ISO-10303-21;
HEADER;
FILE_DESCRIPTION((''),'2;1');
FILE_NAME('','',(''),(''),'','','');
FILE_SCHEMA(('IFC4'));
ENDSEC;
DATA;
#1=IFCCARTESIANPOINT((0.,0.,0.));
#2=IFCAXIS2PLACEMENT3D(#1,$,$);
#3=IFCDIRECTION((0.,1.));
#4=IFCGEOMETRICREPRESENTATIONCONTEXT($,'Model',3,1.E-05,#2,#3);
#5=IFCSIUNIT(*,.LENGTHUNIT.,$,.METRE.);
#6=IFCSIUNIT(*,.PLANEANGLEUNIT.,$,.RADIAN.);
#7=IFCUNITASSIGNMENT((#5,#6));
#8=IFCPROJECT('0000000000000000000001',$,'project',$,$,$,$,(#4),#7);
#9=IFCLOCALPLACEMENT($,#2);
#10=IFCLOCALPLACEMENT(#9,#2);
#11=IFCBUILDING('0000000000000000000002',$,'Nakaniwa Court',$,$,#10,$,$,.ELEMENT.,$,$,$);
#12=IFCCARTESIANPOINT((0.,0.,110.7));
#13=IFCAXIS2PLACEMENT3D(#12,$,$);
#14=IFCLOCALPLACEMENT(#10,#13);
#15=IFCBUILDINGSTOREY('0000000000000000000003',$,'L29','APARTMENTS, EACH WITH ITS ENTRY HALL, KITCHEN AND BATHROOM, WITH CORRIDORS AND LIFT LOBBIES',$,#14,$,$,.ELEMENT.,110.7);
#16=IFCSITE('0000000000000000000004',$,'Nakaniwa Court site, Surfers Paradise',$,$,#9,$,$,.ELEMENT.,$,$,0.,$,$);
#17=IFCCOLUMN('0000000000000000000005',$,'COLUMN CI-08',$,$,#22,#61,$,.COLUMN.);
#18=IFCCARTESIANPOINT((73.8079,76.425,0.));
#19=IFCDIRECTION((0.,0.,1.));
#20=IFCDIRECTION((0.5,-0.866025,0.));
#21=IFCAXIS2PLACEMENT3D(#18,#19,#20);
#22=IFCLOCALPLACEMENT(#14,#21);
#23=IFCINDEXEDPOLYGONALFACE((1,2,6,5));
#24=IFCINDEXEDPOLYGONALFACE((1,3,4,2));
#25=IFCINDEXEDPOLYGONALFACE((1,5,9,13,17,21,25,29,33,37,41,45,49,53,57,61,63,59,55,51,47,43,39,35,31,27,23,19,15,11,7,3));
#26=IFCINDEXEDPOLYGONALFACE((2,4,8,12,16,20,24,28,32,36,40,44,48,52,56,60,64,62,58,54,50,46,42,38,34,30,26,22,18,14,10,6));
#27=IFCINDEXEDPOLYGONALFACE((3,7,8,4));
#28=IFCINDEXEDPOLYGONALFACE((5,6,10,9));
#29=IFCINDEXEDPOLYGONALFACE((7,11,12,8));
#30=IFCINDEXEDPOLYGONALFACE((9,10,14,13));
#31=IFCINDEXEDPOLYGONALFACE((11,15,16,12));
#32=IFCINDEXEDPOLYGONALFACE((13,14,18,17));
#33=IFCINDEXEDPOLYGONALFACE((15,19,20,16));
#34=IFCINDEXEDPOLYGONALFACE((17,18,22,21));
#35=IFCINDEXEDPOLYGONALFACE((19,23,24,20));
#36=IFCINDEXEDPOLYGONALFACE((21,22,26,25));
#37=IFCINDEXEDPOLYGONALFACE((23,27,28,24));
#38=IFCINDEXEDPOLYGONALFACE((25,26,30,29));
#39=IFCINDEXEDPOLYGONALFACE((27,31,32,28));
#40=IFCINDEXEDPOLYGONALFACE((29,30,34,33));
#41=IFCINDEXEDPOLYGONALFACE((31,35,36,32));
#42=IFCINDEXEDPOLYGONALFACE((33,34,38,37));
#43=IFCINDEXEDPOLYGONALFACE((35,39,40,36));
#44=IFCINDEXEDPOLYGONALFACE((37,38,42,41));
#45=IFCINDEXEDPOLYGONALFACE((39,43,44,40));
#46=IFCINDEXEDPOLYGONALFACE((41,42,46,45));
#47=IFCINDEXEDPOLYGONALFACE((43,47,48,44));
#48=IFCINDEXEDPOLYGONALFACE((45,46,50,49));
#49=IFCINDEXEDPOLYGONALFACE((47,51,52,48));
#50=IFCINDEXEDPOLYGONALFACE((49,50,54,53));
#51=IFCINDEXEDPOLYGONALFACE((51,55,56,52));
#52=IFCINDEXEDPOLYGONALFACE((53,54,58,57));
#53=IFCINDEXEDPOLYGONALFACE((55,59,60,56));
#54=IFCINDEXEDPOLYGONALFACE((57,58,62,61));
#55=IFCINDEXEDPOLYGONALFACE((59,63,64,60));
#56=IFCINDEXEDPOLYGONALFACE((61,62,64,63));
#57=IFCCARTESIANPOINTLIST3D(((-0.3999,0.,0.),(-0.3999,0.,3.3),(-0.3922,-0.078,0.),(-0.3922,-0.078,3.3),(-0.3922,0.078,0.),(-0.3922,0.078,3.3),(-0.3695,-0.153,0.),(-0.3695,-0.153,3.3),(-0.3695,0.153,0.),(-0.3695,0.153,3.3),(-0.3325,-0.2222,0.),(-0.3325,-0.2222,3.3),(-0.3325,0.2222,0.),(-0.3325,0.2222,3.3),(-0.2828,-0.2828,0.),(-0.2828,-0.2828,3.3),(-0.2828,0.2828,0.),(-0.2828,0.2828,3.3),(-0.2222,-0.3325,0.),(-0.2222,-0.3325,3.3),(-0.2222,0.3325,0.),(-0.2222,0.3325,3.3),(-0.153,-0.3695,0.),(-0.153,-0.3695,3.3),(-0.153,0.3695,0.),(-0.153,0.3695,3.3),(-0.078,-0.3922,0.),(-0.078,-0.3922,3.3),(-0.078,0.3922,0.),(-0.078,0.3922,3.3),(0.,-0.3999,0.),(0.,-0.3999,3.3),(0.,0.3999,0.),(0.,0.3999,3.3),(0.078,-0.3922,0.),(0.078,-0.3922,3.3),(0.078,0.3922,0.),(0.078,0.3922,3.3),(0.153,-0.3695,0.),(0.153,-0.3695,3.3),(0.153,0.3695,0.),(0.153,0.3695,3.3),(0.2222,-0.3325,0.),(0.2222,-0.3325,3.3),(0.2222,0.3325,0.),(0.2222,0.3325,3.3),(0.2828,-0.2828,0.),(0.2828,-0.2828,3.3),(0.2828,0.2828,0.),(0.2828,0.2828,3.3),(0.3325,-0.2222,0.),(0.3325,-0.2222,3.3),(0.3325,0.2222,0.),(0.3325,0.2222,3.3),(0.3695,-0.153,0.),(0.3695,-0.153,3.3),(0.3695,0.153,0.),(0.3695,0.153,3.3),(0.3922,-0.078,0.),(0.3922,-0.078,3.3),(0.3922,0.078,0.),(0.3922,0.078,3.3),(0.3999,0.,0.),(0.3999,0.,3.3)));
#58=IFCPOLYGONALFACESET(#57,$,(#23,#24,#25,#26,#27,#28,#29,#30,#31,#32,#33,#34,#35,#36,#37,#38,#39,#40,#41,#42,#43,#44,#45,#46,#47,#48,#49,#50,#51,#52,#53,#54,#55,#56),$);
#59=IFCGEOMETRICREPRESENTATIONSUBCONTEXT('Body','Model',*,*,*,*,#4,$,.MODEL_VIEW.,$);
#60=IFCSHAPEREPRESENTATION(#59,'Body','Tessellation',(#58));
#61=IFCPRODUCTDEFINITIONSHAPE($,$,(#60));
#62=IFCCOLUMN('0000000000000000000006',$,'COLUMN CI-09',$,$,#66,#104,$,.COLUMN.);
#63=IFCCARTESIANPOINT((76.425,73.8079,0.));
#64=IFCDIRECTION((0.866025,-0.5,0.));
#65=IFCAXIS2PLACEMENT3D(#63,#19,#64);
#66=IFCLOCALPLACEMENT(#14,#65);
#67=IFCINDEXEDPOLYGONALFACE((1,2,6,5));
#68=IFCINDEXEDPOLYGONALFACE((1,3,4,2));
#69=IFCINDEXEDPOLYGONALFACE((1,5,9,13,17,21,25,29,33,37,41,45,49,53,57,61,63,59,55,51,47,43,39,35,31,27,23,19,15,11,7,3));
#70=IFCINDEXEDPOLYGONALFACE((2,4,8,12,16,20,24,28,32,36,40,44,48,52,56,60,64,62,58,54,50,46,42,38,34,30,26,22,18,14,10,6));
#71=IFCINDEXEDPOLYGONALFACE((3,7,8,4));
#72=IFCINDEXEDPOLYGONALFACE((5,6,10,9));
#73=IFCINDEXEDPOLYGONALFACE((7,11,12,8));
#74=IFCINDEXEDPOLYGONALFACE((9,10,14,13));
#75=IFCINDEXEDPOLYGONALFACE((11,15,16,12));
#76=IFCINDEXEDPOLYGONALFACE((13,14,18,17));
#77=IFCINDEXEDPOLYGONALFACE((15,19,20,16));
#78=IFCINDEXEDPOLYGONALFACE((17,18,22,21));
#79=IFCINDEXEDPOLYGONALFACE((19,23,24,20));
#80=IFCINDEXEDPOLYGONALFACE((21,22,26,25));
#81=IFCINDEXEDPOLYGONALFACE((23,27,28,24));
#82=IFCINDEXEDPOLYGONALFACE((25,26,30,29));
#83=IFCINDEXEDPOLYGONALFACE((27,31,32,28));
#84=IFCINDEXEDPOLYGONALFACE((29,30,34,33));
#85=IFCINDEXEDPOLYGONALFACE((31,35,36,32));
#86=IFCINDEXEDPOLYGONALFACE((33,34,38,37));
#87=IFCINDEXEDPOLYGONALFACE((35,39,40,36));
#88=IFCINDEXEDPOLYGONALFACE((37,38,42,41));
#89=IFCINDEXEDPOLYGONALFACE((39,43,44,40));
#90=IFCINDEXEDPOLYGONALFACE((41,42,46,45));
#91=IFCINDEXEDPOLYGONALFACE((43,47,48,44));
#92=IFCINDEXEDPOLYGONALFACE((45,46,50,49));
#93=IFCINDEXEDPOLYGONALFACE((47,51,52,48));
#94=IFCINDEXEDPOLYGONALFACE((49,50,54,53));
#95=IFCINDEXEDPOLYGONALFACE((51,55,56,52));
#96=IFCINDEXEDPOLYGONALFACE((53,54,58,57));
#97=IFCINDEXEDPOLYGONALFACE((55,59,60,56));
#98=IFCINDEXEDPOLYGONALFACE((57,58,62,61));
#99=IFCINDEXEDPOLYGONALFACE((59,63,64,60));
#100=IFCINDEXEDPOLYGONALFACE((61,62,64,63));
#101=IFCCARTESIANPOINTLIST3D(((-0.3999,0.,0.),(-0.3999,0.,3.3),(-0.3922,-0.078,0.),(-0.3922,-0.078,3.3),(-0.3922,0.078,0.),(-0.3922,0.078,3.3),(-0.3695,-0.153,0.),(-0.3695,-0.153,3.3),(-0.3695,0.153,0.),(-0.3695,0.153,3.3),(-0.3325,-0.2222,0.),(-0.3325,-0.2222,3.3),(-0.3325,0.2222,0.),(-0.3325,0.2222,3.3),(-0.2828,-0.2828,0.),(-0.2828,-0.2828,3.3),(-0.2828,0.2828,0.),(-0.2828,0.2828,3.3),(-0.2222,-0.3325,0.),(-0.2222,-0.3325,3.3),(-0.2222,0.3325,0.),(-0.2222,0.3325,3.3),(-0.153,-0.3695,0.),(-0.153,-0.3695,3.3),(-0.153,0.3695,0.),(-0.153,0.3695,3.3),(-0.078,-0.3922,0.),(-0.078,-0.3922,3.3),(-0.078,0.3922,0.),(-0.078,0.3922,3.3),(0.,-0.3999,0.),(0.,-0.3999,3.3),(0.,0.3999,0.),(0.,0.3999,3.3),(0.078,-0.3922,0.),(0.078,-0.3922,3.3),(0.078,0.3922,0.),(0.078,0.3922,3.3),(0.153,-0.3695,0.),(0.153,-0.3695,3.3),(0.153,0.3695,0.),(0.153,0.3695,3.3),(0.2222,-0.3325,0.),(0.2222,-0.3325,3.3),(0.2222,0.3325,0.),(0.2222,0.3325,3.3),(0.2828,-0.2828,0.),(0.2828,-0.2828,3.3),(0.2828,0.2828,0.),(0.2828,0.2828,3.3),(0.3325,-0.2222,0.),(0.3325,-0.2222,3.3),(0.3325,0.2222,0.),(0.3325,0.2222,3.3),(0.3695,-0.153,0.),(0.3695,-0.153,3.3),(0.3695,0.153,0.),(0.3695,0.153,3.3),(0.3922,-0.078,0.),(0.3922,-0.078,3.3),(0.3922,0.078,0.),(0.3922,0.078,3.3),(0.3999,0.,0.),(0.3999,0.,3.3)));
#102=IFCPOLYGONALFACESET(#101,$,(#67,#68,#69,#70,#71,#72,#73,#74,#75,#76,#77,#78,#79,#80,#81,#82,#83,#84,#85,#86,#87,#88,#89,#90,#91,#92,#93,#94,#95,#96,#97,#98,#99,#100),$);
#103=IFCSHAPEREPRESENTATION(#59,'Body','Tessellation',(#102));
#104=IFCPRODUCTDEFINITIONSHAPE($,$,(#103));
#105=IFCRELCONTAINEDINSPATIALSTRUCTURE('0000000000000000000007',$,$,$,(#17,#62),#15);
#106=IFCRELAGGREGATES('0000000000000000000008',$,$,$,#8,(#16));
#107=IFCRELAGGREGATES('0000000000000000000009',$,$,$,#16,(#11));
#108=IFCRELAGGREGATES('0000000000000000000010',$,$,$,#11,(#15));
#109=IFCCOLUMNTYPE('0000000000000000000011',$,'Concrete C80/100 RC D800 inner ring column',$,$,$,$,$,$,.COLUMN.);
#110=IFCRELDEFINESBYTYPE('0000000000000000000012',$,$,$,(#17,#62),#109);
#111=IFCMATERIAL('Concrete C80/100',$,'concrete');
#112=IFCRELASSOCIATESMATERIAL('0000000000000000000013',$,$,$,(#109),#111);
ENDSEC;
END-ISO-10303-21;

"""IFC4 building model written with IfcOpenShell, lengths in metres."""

from ifc_helpers import new_model, si_unit, direction, frame, origin, origin_2d, place, context, subcontext, project, spatial, circle, extrude, material, material_profile, profile_set, type_object, element, save


model = new_model("IFC4")

# Units and contexts
model_context = context("Model", 3, precision=1e-05, world=origin(), true_north=direction((0.0, 1.0)))
body_context = subcontext(model_context, "Body", "Model", "MODEL_VIEW")
ifc_project = project(units=[si_unit("LENGTHUNIT", "METRE"), si_unit("PLANEANGLEUNIT", "RADIAN")], contexts=[model_context])

# Site, building, storey
site_placement = place(None, origin())
site = spatial("IfcSite", under=ifc_project, at=site_placement, Name="Nakaniwa Court site, Surfers Paradise", CompositionType="ELEMENT", RefElevation=0.0)
building_placement = place(site_placement, origin())
building = spatial("IfcBuilding", under=site, at=building_placement, Name="Nakaniwa Court", CompositionType="ELEMENT")
storey_placement = place(building_placement, frame((0.0, 0.0, 110.7)))
storey = spatial("IfcBuildingStorey", under=building, at=storey_placement, Name="L29", Description="APARTMENTS, EACH WITH ITS ENTRY HALL, KITCHEN AND BATHROOM, WITH CORRIDORS AND LIFT LOBBIES", CompositionType="ELEMENT", Elevation=110.7)

# Columns
ifc_material_1 = material(Name="Concrete C80/100", Category="concrete")
ifc_material_profile_1 = material_profile(ifc_material_1, circle(Radius=0.3999, at=origin_2d()), Name="Concrete C80/100 RC D800 inner ring column")
ifc_profile_set_1 = profile_set([ifc_material_profile_1], Name="Concrete C80/100")
column_type_1 = type_object("IfcColumnType", Name="Concrete C80/100 RC D800 inner ring column", PredefinedType="COLUMN", material=ifc_profile_set_1)
for number, where, z_axis, x_axis, name in (
    (1, (73.8079, 76.425, 0.0), (0.0, 0.0, 1.0), (0.5, -0.866025, 0.0), "COLUMN CI-08"),
    (2, (76.425, 73.8079, 0.0), (0.0, 0.0, 1.0), (0.866025, -0.5, 0.0), "COLUMN CI-09"),
):
    element("IfcColumn", number, at=place(storey_placement, frame(where, z_axis=z_axis, x_axis=x_axis)), inside=storey, type_object=column_type_1, Name=name, PredefinedType="COLUMN", context=body_context, shape_type="SweptSolid", body=[
        extrude(circle(Radius=0.3999, at=origin_2d()), origin(), (0.0, 0.0, 1.0), 3.3),
    ])

save(model, "model.ifc")
